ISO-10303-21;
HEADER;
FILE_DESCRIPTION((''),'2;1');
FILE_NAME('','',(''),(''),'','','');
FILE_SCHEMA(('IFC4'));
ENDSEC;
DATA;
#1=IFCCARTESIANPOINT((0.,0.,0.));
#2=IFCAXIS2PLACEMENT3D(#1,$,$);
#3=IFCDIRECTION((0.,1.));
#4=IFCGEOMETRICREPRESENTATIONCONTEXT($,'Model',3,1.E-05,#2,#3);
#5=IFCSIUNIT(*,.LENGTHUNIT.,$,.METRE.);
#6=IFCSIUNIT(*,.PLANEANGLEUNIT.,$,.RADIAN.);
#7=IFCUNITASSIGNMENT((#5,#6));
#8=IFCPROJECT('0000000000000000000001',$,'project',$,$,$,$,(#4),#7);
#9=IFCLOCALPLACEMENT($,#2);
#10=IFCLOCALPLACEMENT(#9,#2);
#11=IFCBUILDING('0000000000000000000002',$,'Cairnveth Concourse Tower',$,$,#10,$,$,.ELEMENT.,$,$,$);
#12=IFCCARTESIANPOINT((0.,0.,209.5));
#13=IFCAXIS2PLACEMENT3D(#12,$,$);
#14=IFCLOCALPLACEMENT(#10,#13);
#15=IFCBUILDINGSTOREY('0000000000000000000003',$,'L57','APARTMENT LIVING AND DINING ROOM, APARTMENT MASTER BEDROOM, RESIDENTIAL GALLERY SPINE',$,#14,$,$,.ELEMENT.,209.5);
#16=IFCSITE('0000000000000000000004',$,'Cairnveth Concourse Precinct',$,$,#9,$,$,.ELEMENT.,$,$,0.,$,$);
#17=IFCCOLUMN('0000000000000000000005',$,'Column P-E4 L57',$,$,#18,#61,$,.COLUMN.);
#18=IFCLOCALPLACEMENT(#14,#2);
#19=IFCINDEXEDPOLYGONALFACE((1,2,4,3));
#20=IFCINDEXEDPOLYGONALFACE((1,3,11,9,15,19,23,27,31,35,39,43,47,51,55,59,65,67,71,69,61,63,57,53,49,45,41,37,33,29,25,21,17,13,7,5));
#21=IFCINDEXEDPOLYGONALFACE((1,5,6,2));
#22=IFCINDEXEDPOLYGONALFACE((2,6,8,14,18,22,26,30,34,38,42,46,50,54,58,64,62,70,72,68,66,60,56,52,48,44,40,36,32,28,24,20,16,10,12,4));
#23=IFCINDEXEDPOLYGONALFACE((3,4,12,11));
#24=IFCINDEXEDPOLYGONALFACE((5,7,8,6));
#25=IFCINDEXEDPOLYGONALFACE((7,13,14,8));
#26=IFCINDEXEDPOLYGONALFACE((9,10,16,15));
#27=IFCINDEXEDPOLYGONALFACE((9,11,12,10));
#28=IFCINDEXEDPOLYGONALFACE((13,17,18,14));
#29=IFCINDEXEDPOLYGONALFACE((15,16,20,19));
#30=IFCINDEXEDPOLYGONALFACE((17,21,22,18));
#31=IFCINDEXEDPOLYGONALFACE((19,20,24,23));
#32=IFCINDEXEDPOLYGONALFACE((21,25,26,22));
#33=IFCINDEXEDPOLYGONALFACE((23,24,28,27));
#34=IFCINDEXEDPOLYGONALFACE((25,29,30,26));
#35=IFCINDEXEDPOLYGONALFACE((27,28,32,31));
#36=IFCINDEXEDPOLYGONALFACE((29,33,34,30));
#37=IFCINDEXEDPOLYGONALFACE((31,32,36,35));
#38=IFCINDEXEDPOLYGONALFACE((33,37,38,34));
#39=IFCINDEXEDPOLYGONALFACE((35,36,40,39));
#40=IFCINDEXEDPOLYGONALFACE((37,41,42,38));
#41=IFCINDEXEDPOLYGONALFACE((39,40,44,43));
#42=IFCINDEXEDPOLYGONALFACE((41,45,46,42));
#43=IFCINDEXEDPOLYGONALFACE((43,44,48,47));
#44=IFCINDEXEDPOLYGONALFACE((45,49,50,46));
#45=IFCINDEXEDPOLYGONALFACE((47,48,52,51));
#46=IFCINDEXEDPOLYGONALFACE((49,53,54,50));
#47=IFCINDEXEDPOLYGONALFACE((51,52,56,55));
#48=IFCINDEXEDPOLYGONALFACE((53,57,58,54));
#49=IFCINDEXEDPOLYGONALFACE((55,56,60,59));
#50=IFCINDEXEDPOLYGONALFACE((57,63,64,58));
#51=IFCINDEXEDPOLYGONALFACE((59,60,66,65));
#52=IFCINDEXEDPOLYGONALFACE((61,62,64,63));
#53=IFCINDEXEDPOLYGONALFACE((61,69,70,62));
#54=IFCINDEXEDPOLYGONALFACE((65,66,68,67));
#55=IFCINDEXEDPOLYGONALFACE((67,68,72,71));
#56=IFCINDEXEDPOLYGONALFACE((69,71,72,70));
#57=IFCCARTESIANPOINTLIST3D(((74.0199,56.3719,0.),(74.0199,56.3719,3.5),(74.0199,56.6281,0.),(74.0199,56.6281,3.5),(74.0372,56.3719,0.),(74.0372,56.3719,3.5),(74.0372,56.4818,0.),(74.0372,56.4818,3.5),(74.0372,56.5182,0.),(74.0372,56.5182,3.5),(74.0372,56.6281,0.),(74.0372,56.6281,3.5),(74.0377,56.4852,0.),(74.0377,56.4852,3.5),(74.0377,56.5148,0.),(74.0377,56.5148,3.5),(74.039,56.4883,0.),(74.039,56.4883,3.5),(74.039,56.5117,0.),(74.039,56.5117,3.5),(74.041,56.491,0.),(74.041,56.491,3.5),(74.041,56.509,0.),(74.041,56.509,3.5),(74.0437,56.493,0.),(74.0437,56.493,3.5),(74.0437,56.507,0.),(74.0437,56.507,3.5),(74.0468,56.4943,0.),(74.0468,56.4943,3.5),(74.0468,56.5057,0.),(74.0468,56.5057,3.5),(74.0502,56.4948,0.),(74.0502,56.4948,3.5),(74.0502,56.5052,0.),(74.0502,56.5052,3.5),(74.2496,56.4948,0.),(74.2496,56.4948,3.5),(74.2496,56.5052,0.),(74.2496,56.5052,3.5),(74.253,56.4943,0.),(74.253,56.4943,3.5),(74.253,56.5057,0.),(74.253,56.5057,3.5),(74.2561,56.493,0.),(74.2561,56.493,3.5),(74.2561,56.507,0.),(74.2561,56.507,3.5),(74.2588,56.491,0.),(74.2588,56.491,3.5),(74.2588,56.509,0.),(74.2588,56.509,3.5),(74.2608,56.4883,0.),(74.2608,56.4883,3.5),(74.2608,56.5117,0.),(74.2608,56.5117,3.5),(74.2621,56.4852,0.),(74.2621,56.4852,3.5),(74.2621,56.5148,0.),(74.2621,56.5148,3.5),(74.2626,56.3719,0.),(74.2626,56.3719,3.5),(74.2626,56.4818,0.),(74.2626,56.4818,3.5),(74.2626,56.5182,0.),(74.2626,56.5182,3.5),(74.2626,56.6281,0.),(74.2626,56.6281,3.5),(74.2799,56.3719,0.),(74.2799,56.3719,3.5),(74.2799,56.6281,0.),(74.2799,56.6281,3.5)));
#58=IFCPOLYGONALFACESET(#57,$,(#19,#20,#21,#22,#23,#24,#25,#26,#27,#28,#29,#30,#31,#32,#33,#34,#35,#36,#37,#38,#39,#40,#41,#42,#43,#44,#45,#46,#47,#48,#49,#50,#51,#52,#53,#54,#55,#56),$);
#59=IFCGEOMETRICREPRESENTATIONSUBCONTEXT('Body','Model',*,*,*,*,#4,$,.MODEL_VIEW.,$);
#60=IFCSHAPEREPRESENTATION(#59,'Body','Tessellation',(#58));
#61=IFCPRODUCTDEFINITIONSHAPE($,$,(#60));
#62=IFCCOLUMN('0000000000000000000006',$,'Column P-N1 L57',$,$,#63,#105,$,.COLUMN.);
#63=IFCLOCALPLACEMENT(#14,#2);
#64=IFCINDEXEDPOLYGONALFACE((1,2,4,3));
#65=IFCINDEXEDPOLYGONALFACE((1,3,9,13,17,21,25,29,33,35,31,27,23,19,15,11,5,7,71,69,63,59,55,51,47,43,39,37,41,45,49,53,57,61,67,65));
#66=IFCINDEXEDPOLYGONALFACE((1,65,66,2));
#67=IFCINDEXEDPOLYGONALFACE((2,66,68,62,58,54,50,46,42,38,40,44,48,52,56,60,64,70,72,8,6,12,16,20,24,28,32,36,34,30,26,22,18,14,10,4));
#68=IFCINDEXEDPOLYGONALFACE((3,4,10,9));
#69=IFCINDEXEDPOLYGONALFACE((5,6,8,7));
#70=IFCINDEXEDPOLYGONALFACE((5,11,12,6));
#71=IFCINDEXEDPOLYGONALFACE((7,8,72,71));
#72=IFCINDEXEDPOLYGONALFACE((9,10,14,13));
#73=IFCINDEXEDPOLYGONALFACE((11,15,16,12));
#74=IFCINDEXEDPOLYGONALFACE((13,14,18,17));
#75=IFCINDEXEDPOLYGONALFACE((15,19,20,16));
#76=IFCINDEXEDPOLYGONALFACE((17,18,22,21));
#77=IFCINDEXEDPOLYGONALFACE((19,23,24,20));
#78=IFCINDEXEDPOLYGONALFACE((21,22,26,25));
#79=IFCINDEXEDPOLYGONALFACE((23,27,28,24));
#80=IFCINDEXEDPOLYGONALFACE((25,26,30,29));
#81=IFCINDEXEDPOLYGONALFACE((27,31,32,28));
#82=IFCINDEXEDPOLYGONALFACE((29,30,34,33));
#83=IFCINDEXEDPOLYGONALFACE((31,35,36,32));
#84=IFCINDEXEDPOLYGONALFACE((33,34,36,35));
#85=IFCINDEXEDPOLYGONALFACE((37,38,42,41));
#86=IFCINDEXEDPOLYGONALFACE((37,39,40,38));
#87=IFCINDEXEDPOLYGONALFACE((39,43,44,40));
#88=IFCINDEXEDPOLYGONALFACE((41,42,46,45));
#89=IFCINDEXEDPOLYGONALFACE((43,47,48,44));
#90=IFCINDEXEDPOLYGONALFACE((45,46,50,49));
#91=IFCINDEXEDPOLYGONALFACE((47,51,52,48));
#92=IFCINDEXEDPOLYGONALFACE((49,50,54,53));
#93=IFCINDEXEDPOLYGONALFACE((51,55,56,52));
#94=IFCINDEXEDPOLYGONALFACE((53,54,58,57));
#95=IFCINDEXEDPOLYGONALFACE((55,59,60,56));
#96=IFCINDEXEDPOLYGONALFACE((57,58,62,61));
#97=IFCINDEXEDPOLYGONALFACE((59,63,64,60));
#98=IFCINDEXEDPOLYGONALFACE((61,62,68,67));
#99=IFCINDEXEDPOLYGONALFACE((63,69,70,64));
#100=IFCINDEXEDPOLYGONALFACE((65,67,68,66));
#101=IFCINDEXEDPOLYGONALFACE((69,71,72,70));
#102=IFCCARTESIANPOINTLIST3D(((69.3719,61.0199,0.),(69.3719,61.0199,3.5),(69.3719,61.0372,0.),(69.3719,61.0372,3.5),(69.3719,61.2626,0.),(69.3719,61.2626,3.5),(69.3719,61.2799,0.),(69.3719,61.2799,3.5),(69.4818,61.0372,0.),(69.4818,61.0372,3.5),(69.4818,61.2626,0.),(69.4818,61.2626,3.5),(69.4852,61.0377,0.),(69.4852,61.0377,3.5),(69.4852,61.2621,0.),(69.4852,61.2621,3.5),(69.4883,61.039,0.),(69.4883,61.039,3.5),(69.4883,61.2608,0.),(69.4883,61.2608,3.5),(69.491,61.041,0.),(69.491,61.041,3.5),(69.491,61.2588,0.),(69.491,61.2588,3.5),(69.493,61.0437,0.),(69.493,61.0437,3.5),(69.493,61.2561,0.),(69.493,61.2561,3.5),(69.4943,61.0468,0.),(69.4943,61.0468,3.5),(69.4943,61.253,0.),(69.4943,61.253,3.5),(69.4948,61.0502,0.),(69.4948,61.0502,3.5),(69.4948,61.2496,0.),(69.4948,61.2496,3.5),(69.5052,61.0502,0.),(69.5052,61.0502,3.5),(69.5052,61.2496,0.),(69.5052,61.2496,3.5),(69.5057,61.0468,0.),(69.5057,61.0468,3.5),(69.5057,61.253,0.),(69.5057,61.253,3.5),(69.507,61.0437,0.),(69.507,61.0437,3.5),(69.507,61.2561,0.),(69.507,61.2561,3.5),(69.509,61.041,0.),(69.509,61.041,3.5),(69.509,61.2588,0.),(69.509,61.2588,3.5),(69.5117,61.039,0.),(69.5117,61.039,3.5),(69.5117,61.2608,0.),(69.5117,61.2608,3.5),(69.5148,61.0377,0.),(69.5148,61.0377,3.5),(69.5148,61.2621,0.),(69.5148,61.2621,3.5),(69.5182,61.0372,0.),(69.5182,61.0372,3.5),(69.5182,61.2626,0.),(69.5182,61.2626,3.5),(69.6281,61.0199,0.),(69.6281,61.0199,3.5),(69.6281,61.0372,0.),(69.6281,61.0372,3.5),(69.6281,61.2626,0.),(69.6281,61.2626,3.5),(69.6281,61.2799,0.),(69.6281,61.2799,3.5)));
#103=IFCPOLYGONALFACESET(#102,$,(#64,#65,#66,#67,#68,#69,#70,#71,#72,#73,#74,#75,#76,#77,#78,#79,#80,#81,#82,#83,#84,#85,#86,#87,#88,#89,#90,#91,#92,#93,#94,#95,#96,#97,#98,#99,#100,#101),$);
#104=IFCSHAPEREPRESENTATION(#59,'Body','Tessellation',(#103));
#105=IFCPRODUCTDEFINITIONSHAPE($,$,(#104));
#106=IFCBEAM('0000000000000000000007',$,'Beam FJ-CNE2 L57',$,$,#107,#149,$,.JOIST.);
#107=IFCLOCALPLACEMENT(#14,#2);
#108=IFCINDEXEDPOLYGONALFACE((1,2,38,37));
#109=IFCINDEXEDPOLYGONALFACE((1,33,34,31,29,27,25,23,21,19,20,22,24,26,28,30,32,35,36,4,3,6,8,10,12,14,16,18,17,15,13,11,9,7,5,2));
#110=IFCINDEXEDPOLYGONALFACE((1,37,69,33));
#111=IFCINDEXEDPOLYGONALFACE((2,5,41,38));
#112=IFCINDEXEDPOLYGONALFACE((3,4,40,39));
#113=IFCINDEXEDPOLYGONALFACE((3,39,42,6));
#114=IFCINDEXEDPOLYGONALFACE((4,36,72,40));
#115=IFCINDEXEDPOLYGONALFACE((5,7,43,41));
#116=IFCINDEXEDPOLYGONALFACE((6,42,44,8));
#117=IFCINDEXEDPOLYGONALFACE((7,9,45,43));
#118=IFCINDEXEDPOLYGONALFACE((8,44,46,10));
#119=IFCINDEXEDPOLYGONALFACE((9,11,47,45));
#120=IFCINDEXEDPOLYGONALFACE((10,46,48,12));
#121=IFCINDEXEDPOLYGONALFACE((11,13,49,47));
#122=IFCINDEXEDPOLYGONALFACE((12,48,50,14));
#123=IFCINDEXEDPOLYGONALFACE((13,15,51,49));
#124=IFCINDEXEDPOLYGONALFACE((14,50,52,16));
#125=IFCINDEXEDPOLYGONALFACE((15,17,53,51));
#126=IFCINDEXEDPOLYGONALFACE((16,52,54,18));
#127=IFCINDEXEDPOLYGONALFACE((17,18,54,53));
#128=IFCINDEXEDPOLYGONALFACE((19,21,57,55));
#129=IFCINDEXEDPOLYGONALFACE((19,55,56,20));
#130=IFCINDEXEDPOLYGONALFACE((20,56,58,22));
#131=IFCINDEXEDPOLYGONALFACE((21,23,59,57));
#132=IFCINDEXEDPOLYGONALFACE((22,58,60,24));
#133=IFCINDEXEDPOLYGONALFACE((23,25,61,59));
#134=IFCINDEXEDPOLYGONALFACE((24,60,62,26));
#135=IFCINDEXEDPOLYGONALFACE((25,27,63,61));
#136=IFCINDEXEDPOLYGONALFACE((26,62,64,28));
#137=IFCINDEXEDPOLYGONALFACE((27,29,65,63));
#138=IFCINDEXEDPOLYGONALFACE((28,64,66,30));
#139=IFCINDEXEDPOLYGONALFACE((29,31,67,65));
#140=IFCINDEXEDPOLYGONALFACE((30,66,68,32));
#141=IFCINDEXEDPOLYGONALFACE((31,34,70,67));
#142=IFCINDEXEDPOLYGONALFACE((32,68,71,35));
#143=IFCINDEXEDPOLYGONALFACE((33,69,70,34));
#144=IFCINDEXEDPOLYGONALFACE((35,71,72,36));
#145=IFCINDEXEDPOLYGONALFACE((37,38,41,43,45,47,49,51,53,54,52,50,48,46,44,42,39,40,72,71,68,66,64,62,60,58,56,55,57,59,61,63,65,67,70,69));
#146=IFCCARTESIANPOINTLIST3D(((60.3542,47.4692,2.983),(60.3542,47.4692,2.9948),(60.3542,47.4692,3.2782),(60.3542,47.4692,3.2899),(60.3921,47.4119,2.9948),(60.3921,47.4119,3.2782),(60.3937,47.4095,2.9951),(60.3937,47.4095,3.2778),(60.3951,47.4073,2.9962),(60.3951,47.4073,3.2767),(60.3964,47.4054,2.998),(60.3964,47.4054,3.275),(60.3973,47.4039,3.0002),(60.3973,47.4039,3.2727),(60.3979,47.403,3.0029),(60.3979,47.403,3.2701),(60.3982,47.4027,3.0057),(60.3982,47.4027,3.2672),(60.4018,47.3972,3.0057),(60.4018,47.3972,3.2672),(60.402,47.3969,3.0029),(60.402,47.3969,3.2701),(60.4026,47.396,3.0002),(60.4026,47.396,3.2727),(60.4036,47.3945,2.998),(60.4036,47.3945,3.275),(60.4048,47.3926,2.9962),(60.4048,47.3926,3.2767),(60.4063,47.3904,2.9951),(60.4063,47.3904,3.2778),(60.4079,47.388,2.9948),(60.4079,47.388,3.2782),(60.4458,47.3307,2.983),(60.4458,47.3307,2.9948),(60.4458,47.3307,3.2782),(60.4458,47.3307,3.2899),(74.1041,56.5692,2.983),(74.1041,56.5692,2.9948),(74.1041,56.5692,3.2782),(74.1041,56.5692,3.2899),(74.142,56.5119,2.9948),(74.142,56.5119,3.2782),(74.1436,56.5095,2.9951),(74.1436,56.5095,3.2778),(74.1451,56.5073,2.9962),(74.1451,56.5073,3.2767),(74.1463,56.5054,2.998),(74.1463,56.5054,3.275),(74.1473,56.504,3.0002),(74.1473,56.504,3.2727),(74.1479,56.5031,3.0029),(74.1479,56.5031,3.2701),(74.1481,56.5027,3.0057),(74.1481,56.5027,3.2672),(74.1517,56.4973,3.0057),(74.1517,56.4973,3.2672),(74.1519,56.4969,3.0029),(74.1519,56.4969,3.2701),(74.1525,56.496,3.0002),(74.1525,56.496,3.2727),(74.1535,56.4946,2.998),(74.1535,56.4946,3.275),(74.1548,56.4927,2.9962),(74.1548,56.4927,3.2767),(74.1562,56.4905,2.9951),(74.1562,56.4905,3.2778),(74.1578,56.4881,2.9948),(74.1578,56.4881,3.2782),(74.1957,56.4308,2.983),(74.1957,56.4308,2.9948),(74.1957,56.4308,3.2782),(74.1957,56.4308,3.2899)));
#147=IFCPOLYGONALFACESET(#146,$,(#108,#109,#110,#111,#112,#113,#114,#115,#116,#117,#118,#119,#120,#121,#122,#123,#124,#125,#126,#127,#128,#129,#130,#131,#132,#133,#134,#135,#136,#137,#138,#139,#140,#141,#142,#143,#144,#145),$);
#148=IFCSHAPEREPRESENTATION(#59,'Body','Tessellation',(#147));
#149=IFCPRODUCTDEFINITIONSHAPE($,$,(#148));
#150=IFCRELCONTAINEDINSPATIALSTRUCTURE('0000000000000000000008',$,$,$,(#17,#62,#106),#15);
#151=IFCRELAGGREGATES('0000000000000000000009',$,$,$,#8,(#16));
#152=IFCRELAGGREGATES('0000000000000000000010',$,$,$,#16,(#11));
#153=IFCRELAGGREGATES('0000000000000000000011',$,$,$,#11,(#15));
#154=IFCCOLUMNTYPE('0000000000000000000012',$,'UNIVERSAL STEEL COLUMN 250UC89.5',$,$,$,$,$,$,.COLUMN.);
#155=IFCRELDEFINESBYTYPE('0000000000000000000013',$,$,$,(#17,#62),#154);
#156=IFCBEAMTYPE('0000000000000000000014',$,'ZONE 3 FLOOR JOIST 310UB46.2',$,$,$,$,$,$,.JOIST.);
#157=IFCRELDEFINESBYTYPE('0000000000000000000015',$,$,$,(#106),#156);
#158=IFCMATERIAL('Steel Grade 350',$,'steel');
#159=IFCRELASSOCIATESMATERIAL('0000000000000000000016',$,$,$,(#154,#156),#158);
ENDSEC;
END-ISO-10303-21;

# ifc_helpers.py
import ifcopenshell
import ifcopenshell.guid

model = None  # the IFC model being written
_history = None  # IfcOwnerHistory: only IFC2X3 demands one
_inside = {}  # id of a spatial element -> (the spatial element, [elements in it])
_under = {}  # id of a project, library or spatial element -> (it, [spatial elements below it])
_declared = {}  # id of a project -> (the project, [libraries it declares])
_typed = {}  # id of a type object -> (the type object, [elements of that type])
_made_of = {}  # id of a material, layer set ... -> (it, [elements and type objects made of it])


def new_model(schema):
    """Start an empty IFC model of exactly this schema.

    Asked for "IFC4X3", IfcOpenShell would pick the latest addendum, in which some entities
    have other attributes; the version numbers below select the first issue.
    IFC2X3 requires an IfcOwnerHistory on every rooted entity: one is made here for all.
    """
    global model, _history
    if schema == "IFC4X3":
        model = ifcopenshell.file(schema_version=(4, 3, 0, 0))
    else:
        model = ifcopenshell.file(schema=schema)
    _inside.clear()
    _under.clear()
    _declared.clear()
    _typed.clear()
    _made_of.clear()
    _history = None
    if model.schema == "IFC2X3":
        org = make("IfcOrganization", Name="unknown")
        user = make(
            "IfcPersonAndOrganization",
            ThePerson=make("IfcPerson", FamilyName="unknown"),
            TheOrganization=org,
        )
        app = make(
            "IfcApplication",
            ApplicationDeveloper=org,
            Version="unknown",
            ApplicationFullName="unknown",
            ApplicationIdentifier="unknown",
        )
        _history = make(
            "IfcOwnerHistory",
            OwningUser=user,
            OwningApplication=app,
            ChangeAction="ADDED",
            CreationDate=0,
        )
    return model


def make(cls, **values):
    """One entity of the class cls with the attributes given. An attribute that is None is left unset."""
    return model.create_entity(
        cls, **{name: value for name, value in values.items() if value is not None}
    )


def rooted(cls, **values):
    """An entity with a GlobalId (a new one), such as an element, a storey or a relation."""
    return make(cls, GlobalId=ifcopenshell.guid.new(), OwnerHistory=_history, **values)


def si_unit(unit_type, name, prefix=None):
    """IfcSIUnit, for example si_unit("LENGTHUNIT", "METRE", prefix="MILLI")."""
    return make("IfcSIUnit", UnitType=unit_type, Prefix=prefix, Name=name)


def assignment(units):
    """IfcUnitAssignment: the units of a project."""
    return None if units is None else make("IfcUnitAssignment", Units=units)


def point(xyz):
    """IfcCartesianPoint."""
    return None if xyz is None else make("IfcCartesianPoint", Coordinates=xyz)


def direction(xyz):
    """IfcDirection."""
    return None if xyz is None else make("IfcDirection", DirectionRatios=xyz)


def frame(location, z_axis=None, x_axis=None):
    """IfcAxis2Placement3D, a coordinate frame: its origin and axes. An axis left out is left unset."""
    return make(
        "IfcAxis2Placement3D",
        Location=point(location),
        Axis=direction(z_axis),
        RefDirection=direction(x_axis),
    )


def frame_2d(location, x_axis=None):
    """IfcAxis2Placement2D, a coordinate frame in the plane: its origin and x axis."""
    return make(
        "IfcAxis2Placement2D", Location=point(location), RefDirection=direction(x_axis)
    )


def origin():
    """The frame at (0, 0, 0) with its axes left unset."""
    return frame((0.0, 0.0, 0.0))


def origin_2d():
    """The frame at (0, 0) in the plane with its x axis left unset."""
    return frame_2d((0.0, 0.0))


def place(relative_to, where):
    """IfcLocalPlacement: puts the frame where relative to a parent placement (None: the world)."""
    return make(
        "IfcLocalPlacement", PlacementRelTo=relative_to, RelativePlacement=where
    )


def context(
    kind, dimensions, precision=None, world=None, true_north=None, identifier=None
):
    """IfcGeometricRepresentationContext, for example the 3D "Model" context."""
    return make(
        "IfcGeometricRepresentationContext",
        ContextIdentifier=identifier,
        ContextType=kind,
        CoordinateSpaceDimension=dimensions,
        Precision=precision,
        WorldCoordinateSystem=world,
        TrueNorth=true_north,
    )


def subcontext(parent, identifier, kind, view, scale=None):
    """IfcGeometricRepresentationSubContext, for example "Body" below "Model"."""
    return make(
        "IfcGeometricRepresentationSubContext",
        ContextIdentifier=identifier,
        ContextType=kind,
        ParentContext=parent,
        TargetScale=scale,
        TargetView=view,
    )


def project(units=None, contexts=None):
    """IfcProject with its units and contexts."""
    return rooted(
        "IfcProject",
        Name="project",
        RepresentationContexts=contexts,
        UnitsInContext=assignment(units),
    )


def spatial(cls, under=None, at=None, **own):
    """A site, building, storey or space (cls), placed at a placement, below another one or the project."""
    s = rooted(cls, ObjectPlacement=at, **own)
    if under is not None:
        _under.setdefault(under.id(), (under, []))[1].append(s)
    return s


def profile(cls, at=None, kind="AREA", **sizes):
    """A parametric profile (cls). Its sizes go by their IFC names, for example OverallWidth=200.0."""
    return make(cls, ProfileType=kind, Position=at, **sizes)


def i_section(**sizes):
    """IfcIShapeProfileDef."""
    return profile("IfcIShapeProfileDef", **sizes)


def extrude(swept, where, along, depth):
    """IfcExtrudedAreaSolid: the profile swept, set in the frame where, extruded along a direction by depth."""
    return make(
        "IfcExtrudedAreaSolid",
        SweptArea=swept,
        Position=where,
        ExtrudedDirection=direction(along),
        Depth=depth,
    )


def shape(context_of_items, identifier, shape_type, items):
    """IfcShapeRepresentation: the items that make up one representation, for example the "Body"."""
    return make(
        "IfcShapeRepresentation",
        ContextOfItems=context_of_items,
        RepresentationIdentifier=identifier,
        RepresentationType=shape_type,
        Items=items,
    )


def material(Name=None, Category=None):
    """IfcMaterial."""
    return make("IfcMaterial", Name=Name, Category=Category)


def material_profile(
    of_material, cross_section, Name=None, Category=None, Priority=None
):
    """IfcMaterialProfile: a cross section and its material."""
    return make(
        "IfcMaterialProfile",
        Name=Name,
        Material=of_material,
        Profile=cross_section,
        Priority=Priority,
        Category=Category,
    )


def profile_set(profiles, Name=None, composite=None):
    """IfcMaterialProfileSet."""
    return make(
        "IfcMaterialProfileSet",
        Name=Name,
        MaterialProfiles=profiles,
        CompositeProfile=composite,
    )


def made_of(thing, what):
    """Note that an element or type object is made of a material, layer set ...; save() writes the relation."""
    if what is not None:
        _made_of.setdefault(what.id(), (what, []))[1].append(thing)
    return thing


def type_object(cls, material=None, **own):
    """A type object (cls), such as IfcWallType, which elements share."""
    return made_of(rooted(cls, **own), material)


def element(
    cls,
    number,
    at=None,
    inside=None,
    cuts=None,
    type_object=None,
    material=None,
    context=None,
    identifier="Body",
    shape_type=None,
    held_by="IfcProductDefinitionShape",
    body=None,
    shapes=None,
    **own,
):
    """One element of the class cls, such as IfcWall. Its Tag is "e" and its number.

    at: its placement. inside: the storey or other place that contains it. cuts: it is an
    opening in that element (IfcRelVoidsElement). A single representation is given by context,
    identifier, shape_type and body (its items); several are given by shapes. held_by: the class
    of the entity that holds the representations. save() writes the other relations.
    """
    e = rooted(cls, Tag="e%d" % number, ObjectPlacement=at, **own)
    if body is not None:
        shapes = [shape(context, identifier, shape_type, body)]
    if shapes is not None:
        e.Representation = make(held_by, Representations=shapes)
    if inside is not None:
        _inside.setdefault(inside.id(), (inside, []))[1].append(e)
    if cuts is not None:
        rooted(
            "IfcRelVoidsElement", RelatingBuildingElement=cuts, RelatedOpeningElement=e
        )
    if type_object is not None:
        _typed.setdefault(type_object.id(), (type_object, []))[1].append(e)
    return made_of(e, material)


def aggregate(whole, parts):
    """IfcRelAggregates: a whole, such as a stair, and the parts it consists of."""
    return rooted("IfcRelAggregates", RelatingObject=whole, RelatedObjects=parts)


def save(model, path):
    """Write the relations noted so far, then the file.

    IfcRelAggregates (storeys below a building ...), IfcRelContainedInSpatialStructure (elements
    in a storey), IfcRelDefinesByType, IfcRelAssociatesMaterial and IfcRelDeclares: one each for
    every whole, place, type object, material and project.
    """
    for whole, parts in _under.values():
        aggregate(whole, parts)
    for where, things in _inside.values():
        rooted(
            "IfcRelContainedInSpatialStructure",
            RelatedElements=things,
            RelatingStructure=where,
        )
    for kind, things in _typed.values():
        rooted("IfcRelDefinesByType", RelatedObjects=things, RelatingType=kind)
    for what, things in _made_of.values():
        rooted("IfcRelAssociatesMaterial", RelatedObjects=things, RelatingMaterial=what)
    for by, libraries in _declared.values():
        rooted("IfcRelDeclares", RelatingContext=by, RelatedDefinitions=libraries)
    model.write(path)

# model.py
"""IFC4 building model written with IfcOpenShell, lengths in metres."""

from ifc_helpers import new_model, si_unit, direction, frame, origin, origin_2d, place, context, subcontext, project, spatial, i_section, extrude, material, material_profile, profile_set, type_object, element, save


model = new_model("IFC4")

# Units and contexts
model_context = context("Model", 3, precision=1e-05, world=origin(), true_north=direction((0.0, 1.0)))
body_context = subcontext(model_context, "Body", "Model", "MODEL_VIEW")
ifc_project = project(units=[si_unit("LENGTHUNIT", "METRE"), si_unit("PLANEANGLEUNIT", "RADIAN")], contexts=[model_context])

# Site, building, storey
site_placement = place(None, origin())
site = spatial("IfcSite", under=ifc_project, at=site_placement, Name="Cairnveth Concourse Precinct", CompositionType="ELEMENT", RefElevation=0.0)
building_placement = place(site_placement, origin())
building = spatial("IfcBuilding", under=site, at=building_placement, Name="Cairnveth Concourse Tower", CompositionType="ELEMENT")
storey_placement = place(building_placement, frame((0.0, 0.0, 209.5)))
storey = spatial("IfcBuildingStorey", under=building, at=storey_placement, Name="L57", Description="APARTMENT LIVING AND DINING ROOM, APARTMENT MASTER BEDROOM, RESIDENTIAL GALLERY SPINE", CompositionType="ELEMENT", Elevation=209.5)

# Columns
ifc_material_1 = material(Name="Steel Grade 350", Category="steel")
ifc_material_profile_1 = material_profile(ifc_material_1, i_section(OverallWidth=0.2561, OverallDepth=0.26, WebThickness=0.0105, FlangeThickness=0.0173, FilletRadius=0.0129, at=origin_2d()), Name="250UC89.5")
ifc_profile_set_1 = profile_set([ifc_material_profile_1], Name="Steel Grade 350")
column_type = type_object("IfcColumnType", Name="UNIVERSAL STEEL COLUMN 250UC89.5", PredefinedType="COLUMN", material=ifc_profile_set_1)
for number, where, z_axis, x_axis, name in (
    (1, (74.1499, 56.5, 0.0), (0.0, 0.0, 1.0), (0.0, 1.0, 0.0), "Column P-E4 L57"),
    (2, (69.5, 61.1499, 0.0), (0.0, 0.0, 1.0), (1.0, 0.0, 0.0), "Column P-N1 L57"),
):
    element("IfcColumn", number, at=place(storey_placement, frame(where, z_axis=z_axis, x_axis=x_axis)), inside=storey, type_object=column_type, Name=name, PredefinedType="COLUMN", context=body_context, shape_type="SweptSolid", body=[
        extrude(i_section(OverallWidth=0.2561, OverallDepth=0.26, WebThickness=0.0105, FlangeThickness=0.0173, FilletRadius=0.0129, at=origin_2d()), origin(), (0.0, 0.0, 1.0), 3.5),
    ])

# Beam
ifc_material_profile_2 = material_profile(ifc_material_1, i_section(OverallWidth=0.166, OverallDepth=0.3069, WebThickness=0.0066, FlangeThickness=0.0117, FilletRadius=0.011, at=origin_2d()), Name="310UB46.2")
ifc_profile_set_2 = profile_set([ifc_material_profile_2], Name="Steel Grade 350")
beam_type_1 = type_object("IfcBeamType", Name="ZONE 3 FLOOR JOIST 310UB46.2", PredefinedType="JOIST", material=ifc_profile_set_2)
beam_1_placement = place(storey_placement, frame((74.1499, 56.5, 3.1365), z_axis=(-0.833909, -0.551902, 0.0), x_axis=(0.551902, -0.833909, 0.0)))
element("IfcBeam", 3, at=beam_1_placement, inside=storey, type_object=beam_type_1, Name="Beam FJ-CNE2 L57", PredefinedType="JOIST", context=body_context, shape_type="SweptSolid", body=[
    extrude(i_section(OverallWidth=0.166, OverallDepth=0.3069, WebThickness=0.0066, FlangeThickness=0.0117, FilletRadius=0.011, at=origin_2d()), origin(), (0.0, 0.0, 1.0), 16.4885),
])

save(model, "model.ifc")
